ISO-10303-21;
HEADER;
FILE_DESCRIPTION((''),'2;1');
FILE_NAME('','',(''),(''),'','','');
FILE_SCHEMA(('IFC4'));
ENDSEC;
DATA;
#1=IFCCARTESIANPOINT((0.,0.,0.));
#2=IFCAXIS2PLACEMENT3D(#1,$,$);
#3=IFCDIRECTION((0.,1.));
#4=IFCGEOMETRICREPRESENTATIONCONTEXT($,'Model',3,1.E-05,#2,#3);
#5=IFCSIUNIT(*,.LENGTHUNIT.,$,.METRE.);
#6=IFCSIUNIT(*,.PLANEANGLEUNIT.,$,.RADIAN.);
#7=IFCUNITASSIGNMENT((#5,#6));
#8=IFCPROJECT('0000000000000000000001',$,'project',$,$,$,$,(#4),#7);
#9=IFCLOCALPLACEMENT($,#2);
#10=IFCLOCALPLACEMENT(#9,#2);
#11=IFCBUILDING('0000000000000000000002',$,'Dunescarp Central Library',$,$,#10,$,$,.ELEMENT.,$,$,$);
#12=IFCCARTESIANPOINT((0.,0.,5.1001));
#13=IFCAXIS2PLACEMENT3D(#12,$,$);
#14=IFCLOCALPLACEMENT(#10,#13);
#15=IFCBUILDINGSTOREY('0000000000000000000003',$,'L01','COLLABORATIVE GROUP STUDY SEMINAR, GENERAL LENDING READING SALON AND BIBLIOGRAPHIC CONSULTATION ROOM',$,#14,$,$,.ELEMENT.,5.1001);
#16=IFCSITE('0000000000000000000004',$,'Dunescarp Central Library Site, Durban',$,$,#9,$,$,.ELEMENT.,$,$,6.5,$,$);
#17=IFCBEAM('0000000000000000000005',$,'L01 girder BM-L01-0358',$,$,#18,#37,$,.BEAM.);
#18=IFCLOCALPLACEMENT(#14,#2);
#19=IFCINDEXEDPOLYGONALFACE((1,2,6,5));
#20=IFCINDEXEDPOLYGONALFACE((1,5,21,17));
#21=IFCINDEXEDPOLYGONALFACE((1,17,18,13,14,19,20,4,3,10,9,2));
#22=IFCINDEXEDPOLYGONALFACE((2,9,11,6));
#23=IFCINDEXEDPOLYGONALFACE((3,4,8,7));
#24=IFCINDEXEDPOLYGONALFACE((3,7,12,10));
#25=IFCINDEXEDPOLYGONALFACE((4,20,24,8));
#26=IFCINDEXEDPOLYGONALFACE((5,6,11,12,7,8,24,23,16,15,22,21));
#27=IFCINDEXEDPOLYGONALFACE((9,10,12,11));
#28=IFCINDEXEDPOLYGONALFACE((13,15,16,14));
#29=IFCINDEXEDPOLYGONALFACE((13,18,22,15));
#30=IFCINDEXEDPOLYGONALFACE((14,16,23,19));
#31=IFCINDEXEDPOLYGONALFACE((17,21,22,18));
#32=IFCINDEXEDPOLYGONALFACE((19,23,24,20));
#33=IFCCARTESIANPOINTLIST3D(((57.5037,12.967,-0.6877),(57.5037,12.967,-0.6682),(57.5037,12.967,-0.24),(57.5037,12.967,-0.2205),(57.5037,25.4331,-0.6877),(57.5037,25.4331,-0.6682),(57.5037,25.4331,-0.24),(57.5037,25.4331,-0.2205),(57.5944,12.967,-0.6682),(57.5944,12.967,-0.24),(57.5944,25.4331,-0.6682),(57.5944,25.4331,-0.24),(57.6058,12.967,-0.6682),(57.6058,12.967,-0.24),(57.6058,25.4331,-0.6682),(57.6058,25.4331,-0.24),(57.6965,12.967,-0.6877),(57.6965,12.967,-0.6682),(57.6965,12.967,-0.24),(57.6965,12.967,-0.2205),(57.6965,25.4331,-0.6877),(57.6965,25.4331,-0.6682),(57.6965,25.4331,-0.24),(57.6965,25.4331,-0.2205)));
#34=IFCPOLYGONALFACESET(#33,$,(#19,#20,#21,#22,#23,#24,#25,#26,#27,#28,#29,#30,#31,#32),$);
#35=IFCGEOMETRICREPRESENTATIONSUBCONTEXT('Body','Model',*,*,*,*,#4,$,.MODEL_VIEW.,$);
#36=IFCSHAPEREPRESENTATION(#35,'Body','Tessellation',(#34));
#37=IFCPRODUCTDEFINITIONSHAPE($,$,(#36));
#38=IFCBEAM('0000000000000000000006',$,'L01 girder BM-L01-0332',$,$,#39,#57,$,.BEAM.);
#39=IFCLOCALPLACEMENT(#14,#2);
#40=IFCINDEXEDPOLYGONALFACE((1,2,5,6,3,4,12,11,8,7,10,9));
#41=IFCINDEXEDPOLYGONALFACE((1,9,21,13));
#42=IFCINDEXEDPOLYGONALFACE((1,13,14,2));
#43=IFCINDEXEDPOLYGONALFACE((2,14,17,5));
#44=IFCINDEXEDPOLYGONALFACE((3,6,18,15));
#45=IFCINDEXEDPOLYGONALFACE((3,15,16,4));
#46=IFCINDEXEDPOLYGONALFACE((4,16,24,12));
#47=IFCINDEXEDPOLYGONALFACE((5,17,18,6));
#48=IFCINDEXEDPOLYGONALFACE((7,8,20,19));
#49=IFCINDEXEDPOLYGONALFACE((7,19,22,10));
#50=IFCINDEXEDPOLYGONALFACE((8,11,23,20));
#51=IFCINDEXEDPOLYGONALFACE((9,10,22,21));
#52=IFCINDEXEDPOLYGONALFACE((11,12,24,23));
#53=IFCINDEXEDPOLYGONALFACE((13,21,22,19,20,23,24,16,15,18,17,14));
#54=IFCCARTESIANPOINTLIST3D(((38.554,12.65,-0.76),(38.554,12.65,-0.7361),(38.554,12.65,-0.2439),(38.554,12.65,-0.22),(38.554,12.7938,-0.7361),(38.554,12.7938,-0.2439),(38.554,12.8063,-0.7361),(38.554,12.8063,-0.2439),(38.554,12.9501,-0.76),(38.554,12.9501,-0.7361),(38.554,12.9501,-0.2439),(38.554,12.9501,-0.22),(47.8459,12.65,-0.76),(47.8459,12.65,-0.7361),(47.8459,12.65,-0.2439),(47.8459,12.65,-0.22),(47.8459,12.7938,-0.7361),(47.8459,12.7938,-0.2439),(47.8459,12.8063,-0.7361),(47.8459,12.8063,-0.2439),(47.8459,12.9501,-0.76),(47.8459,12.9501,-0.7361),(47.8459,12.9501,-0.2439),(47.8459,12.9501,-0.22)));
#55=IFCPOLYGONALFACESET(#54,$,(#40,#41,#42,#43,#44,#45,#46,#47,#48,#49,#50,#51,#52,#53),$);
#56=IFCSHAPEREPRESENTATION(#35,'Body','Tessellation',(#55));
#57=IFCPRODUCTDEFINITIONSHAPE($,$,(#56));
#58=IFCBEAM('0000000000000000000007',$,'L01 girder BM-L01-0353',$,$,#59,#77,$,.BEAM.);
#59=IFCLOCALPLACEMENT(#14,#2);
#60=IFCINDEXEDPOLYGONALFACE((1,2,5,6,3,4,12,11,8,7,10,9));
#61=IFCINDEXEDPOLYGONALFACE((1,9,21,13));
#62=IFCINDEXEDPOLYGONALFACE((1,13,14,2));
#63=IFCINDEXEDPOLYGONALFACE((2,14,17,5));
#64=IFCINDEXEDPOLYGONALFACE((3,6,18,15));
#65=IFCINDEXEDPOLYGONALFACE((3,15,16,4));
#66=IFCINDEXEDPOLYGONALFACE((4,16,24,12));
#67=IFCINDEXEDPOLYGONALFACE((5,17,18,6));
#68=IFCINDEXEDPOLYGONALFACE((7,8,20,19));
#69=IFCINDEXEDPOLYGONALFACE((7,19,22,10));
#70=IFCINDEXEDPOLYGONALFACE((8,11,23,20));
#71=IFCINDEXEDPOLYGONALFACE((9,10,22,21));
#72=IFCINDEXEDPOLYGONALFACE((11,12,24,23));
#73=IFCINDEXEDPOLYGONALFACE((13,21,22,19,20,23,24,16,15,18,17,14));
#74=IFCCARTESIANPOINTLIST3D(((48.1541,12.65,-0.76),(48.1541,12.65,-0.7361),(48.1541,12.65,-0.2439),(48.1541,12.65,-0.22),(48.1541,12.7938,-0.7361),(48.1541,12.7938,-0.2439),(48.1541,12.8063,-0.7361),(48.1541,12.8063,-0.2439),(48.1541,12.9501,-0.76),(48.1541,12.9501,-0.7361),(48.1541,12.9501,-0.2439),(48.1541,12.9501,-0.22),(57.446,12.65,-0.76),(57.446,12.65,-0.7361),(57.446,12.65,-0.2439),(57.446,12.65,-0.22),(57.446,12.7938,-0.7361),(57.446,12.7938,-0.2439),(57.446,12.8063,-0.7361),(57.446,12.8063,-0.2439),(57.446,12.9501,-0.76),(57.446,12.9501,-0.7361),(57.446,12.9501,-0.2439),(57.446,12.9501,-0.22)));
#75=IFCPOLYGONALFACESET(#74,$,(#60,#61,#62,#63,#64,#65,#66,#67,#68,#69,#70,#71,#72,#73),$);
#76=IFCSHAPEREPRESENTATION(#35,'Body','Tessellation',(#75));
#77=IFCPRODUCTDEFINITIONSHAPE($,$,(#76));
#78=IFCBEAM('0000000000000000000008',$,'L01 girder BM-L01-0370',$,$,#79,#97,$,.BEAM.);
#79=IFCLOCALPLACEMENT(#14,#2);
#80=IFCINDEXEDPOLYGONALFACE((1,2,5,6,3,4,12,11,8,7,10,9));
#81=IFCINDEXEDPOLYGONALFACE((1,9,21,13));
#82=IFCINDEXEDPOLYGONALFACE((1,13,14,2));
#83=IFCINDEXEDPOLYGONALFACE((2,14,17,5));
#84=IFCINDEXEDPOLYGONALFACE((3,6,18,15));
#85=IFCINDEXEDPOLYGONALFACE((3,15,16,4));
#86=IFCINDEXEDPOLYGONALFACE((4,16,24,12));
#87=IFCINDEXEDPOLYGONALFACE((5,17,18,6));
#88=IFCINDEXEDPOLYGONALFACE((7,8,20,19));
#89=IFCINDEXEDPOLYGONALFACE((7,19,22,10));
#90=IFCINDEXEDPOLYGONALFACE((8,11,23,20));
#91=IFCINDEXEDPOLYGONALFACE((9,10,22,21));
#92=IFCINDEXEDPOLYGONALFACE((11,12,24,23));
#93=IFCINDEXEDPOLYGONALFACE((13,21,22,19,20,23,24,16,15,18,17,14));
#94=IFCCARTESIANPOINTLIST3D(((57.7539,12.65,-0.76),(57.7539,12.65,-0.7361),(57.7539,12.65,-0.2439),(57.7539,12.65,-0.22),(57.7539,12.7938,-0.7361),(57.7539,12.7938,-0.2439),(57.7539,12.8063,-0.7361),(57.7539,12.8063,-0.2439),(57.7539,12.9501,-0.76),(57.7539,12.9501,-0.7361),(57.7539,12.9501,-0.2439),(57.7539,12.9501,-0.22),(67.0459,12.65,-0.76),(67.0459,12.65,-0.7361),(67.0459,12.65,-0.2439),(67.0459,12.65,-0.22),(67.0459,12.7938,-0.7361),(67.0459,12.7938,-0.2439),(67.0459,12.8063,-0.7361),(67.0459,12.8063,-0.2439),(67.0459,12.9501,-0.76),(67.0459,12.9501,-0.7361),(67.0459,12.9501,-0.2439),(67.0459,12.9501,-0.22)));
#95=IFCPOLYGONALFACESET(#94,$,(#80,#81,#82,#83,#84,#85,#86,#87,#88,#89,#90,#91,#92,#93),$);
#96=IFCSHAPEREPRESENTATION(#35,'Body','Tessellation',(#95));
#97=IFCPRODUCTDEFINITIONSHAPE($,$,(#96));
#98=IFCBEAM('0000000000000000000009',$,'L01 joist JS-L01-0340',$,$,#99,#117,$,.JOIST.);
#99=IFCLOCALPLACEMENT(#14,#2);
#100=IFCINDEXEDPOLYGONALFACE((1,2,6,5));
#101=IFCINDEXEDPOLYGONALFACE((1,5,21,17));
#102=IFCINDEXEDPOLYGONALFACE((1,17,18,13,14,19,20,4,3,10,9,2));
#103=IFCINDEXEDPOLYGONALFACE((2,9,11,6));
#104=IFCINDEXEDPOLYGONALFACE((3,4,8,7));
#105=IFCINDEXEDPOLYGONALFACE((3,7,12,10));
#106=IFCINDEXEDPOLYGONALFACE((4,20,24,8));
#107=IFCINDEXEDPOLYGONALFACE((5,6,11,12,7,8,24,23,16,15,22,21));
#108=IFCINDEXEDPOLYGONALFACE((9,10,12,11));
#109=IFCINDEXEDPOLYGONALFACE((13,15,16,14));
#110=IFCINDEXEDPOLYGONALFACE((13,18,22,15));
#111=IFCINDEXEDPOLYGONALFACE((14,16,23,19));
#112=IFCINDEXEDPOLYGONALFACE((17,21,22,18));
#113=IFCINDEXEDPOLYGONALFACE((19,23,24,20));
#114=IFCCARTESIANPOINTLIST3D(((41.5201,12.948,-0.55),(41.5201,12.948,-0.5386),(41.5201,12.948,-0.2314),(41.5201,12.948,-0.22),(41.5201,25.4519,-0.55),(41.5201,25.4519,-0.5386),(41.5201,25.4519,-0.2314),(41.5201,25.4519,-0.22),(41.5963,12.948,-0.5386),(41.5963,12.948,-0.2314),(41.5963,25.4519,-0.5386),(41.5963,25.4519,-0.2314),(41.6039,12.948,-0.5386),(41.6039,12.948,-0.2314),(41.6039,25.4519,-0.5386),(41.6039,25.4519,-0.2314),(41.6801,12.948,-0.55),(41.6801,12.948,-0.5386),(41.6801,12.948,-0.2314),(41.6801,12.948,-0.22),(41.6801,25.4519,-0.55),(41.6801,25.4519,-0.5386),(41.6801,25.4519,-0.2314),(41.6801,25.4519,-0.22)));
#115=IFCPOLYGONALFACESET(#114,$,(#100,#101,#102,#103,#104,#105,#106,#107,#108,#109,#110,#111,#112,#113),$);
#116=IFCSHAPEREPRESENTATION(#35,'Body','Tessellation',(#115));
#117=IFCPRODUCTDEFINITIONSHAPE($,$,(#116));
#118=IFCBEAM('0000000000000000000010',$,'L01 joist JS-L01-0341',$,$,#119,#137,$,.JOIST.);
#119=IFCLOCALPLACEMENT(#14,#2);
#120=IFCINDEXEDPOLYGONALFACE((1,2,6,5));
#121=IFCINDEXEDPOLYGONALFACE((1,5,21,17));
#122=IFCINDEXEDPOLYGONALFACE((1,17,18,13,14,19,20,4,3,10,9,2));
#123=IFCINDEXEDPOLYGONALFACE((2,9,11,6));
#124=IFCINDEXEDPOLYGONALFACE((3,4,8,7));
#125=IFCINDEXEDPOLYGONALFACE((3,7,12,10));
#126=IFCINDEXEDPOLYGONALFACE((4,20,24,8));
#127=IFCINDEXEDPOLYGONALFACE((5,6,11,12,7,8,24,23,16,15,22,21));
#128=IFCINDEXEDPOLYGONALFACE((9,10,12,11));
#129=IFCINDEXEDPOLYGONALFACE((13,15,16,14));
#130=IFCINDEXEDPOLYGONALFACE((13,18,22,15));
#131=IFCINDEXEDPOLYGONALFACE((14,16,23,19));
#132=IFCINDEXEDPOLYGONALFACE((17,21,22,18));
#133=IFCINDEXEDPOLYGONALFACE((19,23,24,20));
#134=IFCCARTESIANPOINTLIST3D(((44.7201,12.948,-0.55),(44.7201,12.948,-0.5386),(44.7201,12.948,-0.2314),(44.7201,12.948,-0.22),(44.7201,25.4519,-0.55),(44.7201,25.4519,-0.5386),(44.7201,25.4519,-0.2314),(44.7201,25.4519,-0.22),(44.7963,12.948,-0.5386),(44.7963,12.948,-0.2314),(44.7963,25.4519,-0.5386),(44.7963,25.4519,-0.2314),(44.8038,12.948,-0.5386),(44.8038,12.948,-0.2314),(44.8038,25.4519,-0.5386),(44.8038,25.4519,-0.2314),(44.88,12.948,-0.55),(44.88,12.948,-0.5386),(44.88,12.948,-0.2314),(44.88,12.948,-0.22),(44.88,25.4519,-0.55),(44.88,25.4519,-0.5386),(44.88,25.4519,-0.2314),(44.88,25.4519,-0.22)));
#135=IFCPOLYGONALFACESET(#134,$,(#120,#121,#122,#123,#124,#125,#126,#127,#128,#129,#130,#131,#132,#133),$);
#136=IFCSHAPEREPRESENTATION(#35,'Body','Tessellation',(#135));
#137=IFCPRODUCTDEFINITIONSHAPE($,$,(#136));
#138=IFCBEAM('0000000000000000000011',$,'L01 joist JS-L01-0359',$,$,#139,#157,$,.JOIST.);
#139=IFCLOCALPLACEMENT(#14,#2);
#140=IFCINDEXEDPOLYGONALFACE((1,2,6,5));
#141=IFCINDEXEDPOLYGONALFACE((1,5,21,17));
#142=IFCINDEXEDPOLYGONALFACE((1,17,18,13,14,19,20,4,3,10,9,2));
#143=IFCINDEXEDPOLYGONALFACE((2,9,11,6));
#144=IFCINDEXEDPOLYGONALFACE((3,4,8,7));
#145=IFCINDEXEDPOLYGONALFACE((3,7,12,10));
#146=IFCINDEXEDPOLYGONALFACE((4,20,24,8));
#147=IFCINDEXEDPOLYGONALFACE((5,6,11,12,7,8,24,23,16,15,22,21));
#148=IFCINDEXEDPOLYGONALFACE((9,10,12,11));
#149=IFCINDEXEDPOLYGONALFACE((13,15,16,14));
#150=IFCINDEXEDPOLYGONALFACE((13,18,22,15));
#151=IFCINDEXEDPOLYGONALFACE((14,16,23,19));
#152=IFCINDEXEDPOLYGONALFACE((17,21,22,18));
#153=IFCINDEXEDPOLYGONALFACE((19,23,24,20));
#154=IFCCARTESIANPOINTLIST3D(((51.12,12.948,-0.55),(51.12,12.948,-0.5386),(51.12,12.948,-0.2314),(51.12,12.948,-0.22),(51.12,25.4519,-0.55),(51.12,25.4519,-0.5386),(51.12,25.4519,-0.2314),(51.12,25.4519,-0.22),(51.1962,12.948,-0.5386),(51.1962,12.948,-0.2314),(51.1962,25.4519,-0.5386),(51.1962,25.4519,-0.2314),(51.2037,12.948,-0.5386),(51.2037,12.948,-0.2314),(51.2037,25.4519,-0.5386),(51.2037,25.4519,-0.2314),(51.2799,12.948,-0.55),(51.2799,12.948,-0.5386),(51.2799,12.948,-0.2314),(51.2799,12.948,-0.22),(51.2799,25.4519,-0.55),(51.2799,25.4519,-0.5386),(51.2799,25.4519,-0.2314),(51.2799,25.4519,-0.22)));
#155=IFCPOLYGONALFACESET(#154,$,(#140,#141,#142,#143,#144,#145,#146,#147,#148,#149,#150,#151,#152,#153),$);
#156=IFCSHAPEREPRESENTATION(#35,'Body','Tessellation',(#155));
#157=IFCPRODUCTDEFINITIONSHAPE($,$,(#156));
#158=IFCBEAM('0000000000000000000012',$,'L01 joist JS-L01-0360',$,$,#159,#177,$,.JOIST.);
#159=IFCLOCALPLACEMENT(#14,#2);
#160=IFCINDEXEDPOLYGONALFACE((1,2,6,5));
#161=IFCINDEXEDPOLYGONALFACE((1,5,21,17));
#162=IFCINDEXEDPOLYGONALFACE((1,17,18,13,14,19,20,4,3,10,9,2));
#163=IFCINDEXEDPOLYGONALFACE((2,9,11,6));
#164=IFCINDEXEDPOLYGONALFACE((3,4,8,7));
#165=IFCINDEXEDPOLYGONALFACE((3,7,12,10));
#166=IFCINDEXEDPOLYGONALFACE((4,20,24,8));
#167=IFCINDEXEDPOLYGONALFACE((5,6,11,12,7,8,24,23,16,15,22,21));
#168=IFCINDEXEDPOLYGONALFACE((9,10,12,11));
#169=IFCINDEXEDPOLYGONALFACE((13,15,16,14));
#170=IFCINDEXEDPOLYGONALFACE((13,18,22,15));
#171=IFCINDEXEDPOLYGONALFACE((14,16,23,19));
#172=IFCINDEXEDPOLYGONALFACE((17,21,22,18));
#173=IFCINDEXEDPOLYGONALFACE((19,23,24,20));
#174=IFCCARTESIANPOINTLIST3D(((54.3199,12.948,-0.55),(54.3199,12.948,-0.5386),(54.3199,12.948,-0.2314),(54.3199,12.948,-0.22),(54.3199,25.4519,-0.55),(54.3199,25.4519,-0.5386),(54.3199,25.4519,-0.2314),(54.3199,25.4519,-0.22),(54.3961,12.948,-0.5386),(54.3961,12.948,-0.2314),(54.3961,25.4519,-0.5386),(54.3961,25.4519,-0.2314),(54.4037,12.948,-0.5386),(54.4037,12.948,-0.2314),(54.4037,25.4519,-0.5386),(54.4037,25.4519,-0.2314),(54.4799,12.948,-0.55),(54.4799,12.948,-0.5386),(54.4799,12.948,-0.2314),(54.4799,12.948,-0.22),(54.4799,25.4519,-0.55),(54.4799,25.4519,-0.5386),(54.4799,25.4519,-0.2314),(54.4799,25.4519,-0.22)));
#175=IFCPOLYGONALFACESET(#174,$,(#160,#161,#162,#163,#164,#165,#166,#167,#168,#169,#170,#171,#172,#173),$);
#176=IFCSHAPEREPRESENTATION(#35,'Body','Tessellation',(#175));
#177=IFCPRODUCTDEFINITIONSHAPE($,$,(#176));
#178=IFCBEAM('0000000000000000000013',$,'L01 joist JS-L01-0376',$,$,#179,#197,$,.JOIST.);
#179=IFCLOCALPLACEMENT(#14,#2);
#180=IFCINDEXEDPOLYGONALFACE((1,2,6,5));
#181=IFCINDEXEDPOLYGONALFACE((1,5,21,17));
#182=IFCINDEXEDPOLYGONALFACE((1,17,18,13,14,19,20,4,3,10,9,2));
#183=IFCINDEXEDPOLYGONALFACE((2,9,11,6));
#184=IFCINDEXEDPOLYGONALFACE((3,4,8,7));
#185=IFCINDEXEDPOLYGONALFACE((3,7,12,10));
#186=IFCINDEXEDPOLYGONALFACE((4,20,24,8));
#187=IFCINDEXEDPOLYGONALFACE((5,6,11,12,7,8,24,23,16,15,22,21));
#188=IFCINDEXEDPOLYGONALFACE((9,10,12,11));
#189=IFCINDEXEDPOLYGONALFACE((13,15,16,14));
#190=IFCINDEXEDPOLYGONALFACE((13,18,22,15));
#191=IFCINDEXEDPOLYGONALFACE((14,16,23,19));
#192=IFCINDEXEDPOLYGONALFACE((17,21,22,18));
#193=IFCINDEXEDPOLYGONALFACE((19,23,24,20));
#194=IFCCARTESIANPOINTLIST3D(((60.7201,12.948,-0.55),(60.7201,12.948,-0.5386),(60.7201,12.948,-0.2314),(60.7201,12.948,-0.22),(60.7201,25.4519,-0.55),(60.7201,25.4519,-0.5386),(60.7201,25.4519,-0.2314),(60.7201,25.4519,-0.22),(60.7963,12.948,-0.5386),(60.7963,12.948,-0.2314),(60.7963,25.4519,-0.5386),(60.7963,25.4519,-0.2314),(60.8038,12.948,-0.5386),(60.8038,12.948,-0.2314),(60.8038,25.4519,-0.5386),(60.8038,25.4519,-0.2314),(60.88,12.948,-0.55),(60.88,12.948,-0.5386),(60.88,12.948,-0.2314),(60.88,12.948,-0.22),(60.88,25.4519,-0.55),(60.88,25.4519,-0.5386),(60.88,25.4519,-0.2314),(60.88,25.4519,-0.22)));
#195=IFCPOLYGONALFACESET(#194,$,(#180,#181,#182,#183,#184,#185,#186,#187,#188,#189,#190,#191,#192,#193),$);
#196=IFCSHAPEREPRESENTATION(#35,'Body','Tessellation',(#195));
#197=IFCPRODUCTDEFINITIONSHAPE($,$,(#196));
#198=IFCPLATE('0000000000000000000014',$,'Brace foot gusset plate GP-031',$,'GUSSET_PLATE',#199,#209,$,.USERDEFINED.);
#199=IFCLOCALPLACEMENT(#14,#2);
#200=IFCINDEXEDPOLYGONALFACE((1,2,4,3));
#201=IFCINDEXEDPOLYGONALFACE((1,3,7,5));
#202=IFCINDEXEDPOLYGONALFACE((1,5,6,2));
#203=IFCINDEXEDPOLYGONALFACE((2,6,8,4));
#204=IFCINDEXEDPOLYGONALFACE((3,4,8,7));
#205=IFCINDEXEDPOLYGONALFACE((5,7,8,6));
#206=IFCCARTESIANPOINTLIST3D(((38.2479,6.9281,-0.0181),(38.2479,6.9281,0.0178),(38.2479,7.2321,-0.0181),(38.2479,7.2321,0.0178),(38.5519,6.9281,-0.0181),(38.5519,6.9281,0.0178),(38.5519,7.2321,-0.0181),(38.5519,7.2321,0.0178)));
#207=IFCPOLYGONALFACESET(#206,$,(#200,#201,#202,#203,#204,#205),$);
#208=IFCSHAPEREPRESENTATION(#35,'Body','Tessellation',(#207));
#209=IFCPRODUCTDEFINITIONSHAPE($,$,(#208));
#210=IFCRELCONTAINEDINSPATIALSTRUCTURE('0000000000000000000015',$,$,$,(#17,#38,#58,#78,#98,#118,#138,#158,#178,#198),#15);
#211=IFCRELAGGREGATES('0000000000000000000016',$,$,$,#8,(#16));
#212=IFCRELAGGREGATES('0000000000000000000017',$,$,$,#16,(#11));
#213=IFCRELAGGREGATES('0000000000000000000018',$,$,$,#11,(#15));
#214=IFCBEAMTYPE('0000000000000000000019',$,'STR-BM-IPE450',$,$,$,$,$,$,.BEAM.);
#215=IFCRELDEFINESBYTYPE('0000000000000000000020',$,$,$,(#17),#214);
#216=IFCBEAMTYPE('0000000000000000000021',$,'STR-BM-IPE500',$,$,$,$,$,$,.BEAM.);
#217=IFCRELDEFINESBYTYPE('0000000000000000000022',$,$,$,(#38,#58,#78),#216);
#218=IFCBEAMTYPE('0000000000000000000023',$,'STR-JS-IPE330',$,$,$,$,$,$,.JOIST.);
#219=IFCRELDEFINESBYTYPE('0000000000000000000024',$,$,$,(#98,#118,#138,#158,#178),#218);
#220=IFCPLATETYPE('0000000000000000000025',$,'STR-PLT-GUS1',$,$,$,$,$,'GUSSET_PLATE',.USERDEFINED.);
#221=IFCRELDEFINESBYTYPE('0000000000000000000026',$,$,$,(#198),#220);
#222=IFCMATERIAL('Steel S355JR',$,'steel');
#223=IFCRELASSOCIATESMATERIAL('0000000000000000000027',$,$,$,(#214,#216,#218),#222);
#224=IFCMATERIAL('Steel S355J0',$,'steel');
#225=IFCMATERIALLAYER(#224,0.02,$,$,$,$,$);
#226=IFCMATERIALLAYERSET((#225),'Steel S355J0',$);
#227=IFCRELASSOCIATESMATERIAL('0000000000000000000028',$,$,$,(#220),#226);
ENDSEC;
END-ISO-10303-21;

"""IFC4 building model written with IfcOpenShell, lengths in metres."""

from ifc_helpers import new_model, si_unit, direction, frame, origin, origin_2d, place, context, subcontext, project, spatial, rectangle, i_section, extrude, material, layer, layer_set, material_profile, profile_set, type_object, element, save


model = new_model("IFC4")

# Units and contexts
model_context = context("Model", 3, precision=1e-05, world=origin(), true_north=direction((0.0, 1.0)))
body_context = subcontext(model_context, "Body", "Model", "MODEL_VIEW")
ifc_project = project(units=[si_unit("LENGTHUNIT", "METRE"), si_unit("PLANEANGLEUNIT", "RADIAN")], contexts=[model_context])

# Site, building, storey
site_placement = place(None, origin())
site = spatial("IfcSite", under=ifc_project, at=site_placement, Name="Dunescarp Central Library Site, Durban", CompositionType="ELEMENT", RefElevation=6.5)
building_placement = place(site_placement, origin())
building = spatial("IfcBuilding", under=site, at=building_placement, Name="Dunescarp Central Library", CompositionType="ELEMENT")
storey_placement = place(building_placement, frame((0.0, 0.0, 5.1001)))
storey = spatial("IfcBuildingStorey", under=building, at=storey_placement, Name="L01", Description="COLLABORATIVE GROUP STUDY SEMINAR, GENERAL LENDING READING SALON AND BIBLIOGRAPHIC CONSULTATION ROOM", CompositionType="ELEMENT", Elevation=5.1001)

# Shared definitions
ifc_material_1 = material(Name="Steel S355JR", Category="steel")

# Beams
ifc_material_profile_1 = material_profile(ifc_material_1, i_section(OverallWidth=0.1929, OverallDepth=0.4673, WebThickness=0.0115, FlangeThickness=0.0195, at=origin_2d()), Name="UB 457x191x98")
ifc_profile_set_1 = profile_set([ifc_material_profile_1], Name="Steel S355JR")
beam_type_1 = type_object("IfcBeamType", Name="STR-BM-IPE450", PredefinedType="BEAM", material=ifc_profile_set_1)
beam_1_placement = place(storey_placement, frame((57.6001, 12.967, -0.4541), z_axis=(0.0, 1.0, 0.0), x_axis=(-1.0, 0.0, 0.0)))
element("IfcBeam", 1, at=beam_1_placement, inside=storey, type_object=beam_type_1, Name="L01 girder BM-L01-0358", PredefinedType="BEAM", context=body_context, shape_type="SweptSolid", body=[
    extrude(i_section(OverallWidth=0.1929, OverallDepth=0.4673, WebThickness=0.0115, FlangeThickness=0.0195, at=origin_2d()), origin(), (0.0, 0.0, 1.0), 12.4661),
])
ifc_material_profile_2 = material_profile(ifc_material_1, i_section(OverallWidth=0.3, OverallDepth=0.54, WebThickness=0.0125, FlangeThickness=0.0239, at=origin_2d()), Name="HEA 550")
ifc_profile_set_2 = profile_set([ifc_material_profile_2], Name="Steel S355JR")
beam_type_2 = type_object("IfcBeamType", Name="STR-BM-IPE500", PredefinedType="BEAM", material=ifc_profile_set_2)
for number, where, z_axis, x_axis, name in (
    (2, (38.554, 12.8, -0.49), (1.0, 0.0, 0.0), (0.0, 1.0, 0.0), "L01 girder BM-L01-0332"),
    (3, (48.1541, 12.8, -0.49), (1.0, 0.0, 0.0), (0.0, 1.0, 0.0), "L01 girder BM-L01-0353"),
    (4, (57.7539, 12.8, -0.49), (1.0, 0.0, 0.0), (0.0, 1.0, 0.0), "L01 girder BM-L01-0370"),
):
    element("IfcBeam", number, at=place(storey_placement, frame(where, z_axis=z_axis, x_axis=x_axis)), inside=storey, type_object=beam_type_2, Name=name, PredefinedType="BEAM", context=body_context, shape_type="SweptSolid", body=[
        extrude(i_section(OverallWidth=0.3, OverallDepth=0.54, WebThickness=0.0125, FlangeThickness=0.0239, at=origin_2d()), origin(), (0.0, 0.0, 1.0), 9.292),
    ])
ifc_material_profile_3 = material_profile(ifc_material_1, i_section(OverallWidth=0.1599, OverallDepth=0.3301, WebThickness=0.0076, FlangeThickness=0.0115, at=origin_2d()), Name="IPE 330")
ifc_profile_set_3 = profile_set([ifc_material_profile_3], Name="Steel S355JR")
beam_type_3 = type_object("IfcBeamType", Name="STR-JS-IPE330", PredefinedType="JOIST", material=ifc_profile_set_3)
for number, where, z_axis, x_axis, name in (
    (5, (41.6001, 12.948, -0.385), (0.0, 1.0, 0.0), (-1.0, 0.0, 0.0), "L01 joist JS-L01-0340"),
    (6, (44.8, 12.948, -0.385), (0.0, 1.0, 0.0), (-1.0, 0.0, 0.0), "L01 joist JS-L01-0341"),
    (7, (51.2, 12.948, -0.385), (0.0, 1.0, 0.0), (-1.0, 0.0, 0.0), "L01 joist JS-L01-0359"),
    (8, (54.3999, 12.948, -0.385), (0.0, 1.0, 0.0), (-1.0, 0.0, 0.0), "L01 joist JS-L01-0360"),
    (9, (60.8, 12.948, -0.385), (0.0, 1.0, 0.0), (-1.0, 0.0, 0.0), "L01 joist JS-L01-0376"),
):
    element("IfcBeam", number, at=place(storey_placement, frame(where, z_axis=z_axis, x_axis=x_axis)), inside=storey, type_object=beam_type_3, Name=name, PredefinedType="JOIST", context=body_context, shape_type="SweptSolid", body=[
        extrude(i_section(OverallWidth=0.1599, OverallDepth=0.3301, WebThickness=0.0076, FlangeThickness=0.0115, at=origin_2d()), origin(), (0.0, 0.0, 1.0), 12.5039),
    ])

# Plate
ifc_material_2 = material(Name="Steel S355J0", Category="steel")
ifc_layer_1 = layer(ifc_material_2, 0.02)
ifc_layer_set_1 = layer_set([ifc_layer_1], Name="Steel S355J0")
plate_type = type_object("IfcPlateType", Name="STR-PLT-GUS1", ElementType="GUSSET_PLATE", PredefinedType="USERDEFINED", material=ifc_layer_set_1)
plate_placement = place(storey_placement, frame((38.3999, 7.0801, -0.0181), z_axis=(0.0, 0.0, 1.0), x_axis=(1.0, 0.0, 0.0)))
element("IfcPlate", 10, at=plate_placement, inside=storey, type_object=plate_type, Name="Brace foot gusset plate GP-031", ObjectType="GUSSET_PLATE", PredefinedType="USERDEFINED", context=body_context, shape_type="SweptSolid", body=[
    extrude(rectangle(XDim=0.304, YDim=0.304, at=origin_2d()), origin(), (0.0, 0.0, 1.0), 0.0359),
])

save(model, "model.ifc")
